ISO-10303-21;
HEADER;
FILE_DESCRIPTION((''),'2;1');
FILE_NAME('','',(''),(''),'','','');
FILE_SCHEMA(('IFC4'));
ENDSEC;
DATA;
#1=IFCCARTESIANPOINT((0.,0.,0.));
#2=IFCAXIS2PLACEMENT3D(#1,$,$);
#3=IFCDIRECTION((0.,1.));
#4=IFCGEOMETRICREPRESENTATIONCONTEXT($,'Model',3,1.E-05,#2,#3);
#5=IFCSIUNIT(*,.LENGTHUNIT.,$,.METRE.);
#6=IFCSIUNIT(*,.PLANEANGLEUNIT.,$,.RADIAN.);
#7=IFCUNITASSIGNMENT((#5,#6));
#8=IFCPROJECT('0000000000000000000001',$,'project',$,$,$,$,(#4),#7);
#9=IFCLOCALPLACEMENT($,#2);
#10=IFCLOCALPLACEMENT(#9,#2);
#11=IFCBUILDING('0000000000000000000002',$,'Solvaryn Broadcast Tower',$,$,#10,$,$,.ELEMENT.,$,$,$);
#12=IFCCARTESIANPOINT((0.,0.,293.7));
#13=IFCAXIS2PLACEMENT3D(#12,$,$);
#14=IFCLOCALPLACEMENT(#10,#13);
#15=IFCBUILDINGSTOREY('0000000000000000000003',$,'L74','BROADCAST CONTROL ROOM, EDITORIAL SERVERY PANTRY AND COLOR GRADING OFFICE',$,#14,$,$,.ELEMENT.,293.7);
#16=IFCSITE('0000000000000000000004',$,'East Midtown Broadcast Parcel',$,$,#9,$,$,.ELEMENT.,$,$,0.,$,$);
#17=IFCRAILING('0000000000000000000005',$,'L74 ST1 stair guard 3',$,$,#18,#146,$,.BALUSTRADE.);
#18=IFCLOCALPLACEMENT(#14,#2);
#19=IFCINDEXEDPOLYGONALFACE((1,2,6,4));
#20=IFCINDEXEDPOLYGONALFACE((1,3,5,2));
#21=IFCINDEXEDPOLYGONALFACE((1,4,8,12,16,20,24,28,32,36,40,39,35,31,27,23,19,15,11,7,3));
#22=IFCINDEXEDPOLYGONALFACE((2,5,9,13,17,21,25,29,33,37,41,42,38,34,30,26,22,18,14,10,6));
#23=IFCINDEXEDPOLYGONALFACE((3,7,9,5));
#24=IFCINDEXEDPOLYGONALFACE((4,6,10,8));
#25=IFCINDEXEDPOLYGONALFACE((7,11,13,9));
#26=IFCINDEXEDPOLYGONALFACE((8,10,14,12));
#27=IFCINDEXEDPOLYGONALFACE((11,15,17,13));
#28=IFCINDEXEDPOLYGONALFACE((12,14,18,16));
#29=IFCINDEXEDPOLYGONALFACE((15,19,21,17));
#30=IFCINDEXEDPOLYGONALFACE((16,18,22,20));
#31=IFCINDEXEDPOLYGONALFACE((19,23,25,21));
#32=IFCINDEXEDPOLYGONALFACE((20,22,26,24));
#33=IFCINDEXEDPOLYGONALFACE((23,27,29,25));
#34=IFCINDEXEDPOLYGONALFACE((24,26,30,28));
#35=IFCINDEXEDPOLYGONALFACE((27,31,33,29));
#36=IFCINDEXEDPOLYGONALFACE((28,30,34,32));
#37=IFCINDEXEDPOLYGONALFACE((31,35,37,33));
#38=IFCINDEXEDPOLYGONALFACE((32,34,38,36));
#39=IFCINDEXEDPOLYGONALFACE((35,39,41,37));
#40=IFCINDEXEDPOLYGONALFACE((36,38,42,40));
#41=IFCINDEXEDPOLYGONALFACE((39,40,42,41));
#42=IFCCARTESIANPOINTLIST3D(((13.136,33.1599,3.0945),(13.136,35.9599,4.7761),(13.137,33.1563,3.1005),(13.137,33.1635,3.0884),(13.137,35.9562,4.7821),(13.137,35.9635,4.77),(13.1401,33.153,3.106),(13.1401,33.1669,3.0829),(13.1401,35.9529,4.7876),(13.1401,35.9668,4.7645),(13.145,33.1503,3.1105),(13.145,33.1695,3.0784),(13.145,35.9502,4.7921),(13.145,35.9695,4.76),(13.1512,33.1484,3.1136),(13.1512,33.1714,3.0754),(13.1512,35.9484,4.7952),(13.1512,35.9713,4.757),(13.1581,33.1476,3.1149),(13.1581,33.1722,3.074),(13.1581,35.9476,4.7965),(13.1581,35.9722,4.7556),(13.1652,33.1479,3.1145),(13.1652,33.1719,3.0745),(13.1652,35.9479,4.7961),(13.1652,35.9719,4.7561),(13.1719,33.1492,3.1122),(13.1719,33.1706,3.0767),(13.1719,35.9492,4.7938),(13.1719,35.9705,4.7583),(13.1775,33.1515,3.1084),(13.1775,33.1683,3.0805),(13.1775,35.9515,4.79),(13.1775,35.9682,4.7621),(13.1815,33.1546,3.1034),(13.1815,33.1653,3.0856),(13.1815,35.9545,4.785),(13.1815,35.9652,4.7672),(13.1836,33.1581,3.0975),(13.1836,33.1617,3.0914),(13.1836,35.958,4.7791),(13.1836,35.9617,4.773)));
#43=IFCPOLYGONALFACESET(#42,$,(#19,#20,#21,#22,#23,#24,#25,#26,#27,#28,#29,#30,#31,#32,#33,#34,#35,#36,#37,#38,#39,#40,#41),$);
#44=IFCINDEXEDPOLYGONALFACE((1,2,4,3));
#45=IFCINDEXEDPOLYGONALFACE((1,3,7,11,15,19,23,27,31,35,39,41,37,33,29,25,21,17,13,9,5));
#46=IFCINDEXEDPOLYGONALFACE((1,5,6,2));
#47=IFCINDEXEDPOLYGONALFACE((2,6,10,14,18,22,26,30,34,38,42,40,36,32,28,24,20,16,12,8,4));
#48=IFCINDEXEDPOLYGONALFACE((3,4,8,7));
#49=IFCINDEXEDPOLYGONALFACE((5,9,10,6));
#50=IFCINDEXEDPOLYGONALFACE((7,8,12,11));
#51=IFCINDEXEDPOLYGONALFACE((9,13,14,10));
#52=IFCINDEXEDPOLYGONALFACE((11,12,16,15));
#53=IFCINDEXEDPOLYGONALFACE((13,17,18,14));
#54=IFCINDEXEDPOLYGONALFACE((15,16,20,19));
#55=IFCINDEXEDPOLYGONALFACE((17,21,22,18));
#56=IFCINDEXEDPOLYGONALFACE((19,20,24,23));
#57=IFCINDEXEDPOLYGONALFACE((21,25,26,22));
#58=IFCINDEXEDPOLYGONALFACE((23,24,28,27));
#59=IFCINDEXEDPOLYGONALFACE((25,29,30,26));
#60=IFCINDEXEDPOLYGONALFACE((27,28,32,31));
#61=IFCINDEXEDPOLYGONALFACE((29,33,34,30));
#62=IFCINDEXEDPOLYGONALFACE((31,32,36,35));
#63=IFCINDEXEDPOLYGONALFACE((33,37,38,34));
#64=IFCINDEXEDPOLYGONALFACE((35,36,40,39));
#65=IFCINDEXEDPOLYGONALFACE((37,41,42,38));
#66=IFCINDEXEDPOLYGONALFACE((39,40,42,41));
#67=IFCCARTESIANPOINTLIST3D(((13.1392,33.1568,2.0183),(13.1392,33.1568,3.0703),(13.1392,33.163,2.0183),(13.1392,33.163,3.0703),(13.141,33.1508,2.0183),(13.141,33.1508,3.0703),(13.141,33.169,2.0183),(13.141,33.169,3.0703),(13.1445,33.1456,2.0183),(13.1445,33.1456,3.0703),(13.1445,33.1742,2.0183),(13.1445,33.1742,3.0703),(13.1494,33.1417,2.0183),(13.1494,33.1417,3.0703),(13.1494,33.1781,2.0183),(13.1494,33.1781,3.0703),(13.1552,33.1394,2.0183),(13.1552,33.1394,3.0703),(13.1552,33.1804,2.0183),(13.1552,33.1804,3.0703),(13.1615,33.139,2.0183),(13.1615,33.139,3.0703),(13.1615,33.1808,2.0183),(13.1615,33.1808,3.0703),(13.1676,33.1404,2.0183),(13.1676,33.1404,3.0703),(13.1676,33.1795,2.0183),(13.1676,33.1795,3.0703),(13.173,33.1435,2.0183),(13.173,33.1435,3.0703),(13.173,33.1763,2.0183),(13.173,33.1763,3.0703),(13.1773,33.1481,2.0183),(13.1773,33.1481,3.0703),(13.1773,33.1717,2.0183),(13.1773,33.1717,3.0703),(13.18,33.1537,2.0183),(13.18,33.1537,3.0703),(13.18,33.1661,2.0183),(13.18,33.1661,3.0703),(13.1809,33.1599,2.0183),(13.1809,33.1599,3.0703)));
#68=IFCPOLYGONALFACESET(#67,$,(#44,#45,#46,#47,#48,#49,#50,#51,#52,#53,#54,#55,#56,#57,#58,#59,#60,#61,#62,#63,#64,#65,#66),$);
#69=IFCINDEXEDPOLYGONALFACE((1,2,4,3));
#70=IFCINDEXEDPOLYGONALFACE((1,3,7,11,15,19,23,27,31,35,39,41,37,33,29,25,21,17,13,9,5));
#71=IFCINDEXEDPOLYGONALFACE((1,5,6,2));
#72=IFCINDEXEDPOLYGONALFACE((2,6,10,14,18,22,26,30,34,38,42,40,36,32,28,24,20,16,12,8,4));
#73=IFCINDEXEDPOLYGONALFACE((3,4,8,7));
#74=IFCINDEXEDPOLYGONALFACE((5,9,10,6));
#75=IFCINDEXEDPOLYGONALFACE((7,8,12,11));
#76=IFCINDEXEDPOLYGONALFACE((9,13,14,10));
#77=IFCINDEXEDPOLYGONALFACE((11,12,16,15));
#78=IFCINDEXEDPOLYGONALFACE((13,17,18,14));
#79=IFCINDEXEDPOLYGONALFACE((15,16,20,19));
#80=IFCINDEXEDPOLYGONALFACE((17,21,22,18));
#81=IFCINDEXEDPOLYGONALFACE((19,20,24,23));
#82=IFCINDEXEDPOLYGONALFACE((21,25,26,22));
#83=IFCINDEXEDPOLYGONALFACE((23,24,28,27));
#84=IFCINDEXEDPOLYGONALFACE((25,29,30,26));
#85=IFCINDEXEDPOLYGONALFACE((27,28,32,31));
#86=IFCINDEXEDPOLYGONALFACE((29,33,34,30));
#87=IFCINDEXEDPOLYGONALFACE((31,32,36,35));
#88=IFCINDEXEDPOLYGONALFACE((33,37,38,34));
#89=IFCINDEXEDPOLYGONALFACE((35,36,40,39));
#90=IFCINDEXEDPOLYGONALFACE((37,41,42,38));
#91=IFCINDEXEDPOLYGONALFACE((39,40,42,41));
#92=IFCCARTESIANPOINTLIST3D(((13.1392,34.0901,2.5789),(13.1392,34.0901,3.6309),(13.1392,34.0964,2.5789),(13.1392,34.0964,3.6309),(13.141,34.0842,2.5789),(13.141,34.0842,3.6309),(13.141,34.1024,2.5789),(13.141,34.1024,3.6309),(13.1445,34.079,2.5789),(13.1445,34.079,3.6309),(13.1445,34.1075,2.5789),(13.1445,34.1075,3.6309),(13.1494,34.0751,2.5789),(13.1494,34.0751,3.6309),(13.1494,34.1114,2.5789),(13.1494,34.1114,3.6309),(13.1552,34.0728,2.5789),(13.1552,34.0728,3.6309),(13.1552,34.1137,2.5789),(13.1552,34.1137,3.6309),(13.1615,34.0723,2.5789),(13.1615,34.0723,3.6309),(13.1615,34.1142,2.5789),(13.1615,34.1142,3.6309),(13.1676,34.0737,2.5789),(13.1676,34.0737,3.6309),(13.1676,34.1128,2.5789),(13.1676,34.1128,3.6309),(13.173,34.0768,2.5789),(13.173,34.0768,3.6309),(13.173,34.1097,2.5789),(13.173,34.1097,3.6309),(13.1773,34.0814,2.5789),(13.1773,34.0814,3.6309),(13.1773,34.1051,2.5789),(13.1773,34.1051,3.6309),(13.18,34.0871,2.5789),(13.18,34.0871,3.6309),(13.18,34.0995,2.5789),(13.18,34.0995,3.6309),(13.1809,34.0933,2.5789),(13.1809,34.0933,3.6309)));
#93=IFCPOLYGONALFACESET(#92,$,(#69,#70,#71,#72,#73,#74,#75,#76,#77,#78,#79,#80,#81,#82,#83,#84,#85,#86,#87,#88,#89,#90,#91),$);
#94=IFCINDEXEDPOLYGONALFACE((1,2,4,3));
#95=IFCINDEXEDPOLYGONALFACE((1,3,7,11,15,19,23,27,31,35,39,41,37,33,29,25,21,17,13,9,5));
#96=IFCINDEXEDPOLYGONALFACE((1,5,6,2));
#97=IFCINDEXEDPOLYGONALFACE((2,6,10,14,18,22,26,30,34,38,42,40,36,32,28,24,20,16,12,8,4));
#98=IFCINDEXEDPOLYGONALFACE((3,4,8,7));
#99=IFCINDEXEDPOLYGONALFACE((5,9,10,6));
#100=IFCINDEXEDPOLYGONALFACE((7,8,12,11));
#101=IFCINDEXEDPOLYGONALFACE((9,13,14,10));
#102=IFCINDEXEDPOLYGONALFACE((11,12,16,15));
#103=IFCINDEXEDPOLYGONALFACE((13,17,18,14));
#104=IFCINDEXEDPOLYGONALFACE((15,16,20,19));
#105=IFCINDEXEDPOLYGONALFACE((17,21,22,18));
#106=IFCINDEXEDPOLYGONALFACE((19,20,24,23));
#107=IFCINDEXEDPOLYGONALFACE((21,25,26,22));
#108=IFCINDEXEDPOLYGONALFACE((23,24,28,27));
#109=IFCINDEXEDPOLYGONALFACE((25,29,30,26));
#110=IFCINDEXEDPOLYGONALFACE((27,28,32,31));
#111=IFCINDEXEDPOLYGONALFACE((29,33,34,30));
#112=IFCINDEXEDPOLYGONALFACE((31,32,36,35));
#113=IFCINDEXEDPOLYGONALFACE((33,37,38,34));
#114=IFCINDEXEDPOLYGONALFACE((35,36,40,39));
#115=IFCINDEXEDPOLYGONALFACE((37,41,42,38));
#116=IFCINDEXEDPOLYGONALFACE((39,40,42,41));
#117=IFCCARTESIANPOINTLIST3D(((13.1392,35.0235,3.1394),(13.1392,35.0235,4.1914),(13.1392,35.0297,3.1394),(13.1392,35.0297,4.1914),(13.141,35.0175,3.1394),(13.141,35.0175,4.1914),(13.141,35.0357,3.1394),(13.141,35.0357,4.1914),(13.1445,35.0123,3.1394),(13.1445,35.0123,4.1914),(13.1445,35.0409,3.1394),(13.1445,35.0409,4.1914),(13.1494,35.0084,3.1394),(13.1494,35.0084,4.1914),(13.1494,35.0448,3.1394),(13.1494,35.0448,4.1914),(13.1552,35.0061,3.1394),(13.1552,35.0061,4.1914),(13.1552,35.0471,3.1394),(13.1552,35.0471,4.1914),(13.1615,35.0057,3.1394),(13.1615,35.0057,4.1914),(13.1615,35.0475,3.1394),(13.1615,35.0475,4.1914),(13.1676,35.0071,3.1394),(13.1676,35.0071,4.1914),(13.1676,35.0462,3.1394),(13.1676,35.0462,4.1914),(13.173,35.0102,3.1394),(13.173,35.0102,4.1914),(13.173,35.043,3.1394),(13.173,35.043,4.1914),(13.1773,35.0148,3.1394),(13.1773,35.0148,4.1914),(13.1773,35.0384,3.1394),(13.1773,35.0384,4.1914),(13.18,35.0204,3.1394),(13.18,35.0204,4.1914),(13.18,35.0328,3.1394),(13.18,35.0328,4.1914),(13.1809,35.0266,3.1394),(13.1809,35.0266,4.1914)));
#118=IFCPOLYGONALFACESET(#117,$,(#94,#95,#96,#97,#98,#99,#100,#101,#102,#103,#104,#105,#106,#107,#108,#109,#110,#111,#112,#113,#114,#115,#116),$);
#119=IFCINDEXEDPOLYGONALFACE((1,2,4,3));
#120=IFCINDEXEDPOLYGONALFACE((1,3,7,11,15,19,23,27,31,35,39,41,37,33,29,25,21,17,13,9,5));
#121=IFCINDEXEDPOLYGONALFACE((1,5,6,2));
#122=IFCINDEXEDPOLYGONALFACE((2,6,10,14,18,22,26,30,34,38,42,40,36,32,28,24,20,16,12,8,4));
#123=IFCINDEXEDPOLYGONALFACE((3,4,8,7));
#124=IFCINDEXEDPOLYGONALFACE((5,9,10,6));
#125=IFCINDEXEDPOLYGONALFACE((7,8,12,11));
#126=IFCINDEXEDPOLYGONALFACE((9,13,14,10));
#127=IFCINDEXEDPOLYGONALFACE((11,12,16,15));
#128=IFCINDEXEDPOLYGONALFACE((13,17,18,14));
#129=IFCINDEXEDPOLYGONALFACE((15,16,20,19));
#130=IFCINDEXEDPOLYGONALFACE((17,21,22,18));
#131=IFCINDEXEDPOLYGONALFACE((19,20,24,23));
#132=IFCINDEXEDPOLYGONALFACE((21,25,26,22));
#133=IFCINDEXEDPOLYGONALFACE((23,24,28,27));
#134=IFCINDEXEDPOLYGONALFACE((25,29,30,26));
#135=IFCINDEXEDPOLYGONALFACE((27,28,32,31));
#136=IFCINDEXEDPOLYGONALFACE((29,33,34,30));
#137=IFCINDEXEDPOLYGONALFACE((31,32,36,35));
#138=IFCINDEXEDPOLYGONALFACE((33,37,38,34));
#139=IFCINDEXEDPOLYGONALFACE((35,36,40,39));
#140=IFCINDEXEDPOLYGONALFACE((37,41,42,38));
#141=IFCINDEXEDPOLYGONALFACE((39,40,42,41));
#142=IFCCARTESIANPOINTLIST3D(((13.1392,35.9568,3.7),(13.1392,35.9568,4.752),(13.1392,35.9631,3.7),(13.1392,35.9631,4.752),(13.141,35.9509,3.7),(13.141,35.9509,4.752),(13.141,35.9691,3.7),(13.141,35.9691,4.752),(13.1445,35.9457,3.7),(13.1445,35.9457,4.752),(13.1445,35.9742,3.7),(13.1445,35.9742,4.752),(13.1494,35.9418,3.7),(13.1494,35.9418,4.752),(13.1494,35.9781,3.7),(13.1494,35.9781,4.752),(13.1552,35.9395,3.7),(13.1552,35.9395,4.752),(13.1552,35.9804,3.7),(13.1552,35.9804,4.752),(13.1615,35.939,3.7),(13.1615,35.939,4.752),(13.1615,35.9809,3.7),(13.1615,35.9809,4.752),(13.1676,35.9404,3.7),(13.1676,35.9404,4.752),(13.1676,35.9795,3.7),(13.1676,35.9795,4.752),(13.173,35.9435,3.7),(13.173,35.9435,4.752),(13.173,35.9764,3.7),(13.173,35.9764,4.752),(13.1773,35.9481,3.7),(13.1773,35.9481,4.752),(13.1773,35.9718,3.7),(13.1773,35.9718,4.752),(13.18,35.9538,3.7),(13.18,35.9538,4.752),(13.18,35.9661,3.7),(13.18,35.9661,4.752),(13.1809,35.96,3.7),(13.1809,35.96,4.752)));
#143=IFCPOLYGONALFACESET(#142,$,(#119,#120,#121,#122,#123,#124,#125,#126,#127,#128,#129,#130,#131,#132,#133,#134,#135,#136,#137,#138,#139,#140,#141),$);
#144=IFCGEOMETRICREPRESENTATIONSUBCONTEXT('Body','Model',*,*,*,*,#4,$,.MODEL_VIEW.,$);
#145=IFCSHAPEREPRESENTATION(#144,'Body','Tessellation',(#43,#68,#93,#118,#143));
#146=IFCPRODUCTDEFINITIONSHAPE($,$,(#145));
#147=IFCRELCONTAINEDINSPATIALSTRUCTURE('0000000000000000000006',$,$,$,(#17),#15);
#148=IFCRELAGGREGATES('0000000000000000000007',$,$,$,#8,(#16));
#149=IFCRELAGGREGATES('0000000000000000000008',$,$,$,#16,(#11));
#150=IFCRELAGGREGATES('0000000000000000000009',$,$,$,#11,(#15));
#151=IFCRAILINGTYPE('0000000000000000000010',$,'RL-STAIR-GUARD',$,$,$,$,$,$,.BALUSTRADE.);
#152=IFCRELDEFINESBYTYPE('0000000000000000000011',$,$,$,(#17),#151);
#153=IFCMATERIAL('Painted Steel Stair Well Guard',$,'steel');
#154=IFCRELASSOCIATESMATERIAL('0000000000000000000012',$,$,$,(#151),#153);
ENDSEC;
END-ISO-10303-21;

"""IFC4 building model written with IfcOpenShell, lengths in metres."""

from ifc_helpers import new_model, si_unit, direction, frame, origin, origin_2d, place, context, subcontext, project, spatial, circle, extrude, material, type_object, element, save


model = new_model("IFC4")

# Units and contexts
model_context = context("Model", 3, precision=1e-05, world=origin(), true_north=direction((0.0, 1.0)))
body_context = subcontext(model_context, "Body", "Model", "MODEL_VIEW")
ifc_project = project(units=[si_unit("LENGTHUNIT", "METRE"), si_unit("PLANEANGLEUNIT", "RADIAN")], contexts=[model_context])

# Site, building, storey
site_placement = place(None, origin())
site = spatial("IfcSite", under=ifc_project, at=site_placement, Name="East Midtown Broadcast Parcel", CompositionType="ELEMENT", RefElevation=0.0)
building_placement = place(site_placement, origin())
building = spatial("IfcBuilding", under=site, at=building_placement, Name="Solvaryn Broadcast Tower", CompositionType="ELEMENT")
storey_placement = place(building_placement, frame((0.0, 0.0, 293.7)))
storey = spatial("IfcBuildingStorey", under=building, at=storey_placement, Name="L74", Description="BROADCAST CONTROL ROOM, EDITORIAL SERVERY PANTRY AND COLOR GRADING OFFICE", CompositionType="ELEMENT", Elevation=293.7)

# Railing
ifc_material_1 = material(Name="Painted Steel Stair Well Guard", Category="steel")
railing_type_1 = type_object("IfcRailingType", Name="RL-STAIR-GUARD", PredefinedType="BALUSTRADE", material=ifc_material_1)
railing_1_placement = place(storey_placement, frame((13.1599, 33.1599, 2.0183)))
element("IfcRailing", 1, at=railing_1_placement, inside=storey, type_object=railing_type_1, Name="L74 ST1 stair guard 3", PredefinedType="BALUSTRADE", context=body_context, shape_type="SweptSolid", body=[
    extrude(circle(Radius=0.0239, at=origin_2d()), frame((0.0, 0.0, 1.0762), z_axis=(0.0, 0.857275, 0.514858), x_axis=(-1.0, 0.0, 0.0)), (0.0, 0.0, 1.0), 3.2661),
    extrude(circle(Radius=0.021, at=origin_2d()), origin(), (0.0, 0.0, 1.0), 1.052),
    extrude(circle(Radius=0.021, at=origin_2d()), frame((0.0, 0.9333, 0.5605)), (0.0, 0.0, 1.0), 1.052),
    extrude(circle(Radius=0.021, at=origin_2d()), frame((0.0, 1.8667, 1.1211)), (0.0, 0.0, 1.0), 1.052),
    extrude(circle(Radius=0.021, at=origin_2d()), frame((0.0, 2.8, 1.6816)), (0.0, 0.0, 1.0), 1.052),
])

save(model, "model.ifc")
